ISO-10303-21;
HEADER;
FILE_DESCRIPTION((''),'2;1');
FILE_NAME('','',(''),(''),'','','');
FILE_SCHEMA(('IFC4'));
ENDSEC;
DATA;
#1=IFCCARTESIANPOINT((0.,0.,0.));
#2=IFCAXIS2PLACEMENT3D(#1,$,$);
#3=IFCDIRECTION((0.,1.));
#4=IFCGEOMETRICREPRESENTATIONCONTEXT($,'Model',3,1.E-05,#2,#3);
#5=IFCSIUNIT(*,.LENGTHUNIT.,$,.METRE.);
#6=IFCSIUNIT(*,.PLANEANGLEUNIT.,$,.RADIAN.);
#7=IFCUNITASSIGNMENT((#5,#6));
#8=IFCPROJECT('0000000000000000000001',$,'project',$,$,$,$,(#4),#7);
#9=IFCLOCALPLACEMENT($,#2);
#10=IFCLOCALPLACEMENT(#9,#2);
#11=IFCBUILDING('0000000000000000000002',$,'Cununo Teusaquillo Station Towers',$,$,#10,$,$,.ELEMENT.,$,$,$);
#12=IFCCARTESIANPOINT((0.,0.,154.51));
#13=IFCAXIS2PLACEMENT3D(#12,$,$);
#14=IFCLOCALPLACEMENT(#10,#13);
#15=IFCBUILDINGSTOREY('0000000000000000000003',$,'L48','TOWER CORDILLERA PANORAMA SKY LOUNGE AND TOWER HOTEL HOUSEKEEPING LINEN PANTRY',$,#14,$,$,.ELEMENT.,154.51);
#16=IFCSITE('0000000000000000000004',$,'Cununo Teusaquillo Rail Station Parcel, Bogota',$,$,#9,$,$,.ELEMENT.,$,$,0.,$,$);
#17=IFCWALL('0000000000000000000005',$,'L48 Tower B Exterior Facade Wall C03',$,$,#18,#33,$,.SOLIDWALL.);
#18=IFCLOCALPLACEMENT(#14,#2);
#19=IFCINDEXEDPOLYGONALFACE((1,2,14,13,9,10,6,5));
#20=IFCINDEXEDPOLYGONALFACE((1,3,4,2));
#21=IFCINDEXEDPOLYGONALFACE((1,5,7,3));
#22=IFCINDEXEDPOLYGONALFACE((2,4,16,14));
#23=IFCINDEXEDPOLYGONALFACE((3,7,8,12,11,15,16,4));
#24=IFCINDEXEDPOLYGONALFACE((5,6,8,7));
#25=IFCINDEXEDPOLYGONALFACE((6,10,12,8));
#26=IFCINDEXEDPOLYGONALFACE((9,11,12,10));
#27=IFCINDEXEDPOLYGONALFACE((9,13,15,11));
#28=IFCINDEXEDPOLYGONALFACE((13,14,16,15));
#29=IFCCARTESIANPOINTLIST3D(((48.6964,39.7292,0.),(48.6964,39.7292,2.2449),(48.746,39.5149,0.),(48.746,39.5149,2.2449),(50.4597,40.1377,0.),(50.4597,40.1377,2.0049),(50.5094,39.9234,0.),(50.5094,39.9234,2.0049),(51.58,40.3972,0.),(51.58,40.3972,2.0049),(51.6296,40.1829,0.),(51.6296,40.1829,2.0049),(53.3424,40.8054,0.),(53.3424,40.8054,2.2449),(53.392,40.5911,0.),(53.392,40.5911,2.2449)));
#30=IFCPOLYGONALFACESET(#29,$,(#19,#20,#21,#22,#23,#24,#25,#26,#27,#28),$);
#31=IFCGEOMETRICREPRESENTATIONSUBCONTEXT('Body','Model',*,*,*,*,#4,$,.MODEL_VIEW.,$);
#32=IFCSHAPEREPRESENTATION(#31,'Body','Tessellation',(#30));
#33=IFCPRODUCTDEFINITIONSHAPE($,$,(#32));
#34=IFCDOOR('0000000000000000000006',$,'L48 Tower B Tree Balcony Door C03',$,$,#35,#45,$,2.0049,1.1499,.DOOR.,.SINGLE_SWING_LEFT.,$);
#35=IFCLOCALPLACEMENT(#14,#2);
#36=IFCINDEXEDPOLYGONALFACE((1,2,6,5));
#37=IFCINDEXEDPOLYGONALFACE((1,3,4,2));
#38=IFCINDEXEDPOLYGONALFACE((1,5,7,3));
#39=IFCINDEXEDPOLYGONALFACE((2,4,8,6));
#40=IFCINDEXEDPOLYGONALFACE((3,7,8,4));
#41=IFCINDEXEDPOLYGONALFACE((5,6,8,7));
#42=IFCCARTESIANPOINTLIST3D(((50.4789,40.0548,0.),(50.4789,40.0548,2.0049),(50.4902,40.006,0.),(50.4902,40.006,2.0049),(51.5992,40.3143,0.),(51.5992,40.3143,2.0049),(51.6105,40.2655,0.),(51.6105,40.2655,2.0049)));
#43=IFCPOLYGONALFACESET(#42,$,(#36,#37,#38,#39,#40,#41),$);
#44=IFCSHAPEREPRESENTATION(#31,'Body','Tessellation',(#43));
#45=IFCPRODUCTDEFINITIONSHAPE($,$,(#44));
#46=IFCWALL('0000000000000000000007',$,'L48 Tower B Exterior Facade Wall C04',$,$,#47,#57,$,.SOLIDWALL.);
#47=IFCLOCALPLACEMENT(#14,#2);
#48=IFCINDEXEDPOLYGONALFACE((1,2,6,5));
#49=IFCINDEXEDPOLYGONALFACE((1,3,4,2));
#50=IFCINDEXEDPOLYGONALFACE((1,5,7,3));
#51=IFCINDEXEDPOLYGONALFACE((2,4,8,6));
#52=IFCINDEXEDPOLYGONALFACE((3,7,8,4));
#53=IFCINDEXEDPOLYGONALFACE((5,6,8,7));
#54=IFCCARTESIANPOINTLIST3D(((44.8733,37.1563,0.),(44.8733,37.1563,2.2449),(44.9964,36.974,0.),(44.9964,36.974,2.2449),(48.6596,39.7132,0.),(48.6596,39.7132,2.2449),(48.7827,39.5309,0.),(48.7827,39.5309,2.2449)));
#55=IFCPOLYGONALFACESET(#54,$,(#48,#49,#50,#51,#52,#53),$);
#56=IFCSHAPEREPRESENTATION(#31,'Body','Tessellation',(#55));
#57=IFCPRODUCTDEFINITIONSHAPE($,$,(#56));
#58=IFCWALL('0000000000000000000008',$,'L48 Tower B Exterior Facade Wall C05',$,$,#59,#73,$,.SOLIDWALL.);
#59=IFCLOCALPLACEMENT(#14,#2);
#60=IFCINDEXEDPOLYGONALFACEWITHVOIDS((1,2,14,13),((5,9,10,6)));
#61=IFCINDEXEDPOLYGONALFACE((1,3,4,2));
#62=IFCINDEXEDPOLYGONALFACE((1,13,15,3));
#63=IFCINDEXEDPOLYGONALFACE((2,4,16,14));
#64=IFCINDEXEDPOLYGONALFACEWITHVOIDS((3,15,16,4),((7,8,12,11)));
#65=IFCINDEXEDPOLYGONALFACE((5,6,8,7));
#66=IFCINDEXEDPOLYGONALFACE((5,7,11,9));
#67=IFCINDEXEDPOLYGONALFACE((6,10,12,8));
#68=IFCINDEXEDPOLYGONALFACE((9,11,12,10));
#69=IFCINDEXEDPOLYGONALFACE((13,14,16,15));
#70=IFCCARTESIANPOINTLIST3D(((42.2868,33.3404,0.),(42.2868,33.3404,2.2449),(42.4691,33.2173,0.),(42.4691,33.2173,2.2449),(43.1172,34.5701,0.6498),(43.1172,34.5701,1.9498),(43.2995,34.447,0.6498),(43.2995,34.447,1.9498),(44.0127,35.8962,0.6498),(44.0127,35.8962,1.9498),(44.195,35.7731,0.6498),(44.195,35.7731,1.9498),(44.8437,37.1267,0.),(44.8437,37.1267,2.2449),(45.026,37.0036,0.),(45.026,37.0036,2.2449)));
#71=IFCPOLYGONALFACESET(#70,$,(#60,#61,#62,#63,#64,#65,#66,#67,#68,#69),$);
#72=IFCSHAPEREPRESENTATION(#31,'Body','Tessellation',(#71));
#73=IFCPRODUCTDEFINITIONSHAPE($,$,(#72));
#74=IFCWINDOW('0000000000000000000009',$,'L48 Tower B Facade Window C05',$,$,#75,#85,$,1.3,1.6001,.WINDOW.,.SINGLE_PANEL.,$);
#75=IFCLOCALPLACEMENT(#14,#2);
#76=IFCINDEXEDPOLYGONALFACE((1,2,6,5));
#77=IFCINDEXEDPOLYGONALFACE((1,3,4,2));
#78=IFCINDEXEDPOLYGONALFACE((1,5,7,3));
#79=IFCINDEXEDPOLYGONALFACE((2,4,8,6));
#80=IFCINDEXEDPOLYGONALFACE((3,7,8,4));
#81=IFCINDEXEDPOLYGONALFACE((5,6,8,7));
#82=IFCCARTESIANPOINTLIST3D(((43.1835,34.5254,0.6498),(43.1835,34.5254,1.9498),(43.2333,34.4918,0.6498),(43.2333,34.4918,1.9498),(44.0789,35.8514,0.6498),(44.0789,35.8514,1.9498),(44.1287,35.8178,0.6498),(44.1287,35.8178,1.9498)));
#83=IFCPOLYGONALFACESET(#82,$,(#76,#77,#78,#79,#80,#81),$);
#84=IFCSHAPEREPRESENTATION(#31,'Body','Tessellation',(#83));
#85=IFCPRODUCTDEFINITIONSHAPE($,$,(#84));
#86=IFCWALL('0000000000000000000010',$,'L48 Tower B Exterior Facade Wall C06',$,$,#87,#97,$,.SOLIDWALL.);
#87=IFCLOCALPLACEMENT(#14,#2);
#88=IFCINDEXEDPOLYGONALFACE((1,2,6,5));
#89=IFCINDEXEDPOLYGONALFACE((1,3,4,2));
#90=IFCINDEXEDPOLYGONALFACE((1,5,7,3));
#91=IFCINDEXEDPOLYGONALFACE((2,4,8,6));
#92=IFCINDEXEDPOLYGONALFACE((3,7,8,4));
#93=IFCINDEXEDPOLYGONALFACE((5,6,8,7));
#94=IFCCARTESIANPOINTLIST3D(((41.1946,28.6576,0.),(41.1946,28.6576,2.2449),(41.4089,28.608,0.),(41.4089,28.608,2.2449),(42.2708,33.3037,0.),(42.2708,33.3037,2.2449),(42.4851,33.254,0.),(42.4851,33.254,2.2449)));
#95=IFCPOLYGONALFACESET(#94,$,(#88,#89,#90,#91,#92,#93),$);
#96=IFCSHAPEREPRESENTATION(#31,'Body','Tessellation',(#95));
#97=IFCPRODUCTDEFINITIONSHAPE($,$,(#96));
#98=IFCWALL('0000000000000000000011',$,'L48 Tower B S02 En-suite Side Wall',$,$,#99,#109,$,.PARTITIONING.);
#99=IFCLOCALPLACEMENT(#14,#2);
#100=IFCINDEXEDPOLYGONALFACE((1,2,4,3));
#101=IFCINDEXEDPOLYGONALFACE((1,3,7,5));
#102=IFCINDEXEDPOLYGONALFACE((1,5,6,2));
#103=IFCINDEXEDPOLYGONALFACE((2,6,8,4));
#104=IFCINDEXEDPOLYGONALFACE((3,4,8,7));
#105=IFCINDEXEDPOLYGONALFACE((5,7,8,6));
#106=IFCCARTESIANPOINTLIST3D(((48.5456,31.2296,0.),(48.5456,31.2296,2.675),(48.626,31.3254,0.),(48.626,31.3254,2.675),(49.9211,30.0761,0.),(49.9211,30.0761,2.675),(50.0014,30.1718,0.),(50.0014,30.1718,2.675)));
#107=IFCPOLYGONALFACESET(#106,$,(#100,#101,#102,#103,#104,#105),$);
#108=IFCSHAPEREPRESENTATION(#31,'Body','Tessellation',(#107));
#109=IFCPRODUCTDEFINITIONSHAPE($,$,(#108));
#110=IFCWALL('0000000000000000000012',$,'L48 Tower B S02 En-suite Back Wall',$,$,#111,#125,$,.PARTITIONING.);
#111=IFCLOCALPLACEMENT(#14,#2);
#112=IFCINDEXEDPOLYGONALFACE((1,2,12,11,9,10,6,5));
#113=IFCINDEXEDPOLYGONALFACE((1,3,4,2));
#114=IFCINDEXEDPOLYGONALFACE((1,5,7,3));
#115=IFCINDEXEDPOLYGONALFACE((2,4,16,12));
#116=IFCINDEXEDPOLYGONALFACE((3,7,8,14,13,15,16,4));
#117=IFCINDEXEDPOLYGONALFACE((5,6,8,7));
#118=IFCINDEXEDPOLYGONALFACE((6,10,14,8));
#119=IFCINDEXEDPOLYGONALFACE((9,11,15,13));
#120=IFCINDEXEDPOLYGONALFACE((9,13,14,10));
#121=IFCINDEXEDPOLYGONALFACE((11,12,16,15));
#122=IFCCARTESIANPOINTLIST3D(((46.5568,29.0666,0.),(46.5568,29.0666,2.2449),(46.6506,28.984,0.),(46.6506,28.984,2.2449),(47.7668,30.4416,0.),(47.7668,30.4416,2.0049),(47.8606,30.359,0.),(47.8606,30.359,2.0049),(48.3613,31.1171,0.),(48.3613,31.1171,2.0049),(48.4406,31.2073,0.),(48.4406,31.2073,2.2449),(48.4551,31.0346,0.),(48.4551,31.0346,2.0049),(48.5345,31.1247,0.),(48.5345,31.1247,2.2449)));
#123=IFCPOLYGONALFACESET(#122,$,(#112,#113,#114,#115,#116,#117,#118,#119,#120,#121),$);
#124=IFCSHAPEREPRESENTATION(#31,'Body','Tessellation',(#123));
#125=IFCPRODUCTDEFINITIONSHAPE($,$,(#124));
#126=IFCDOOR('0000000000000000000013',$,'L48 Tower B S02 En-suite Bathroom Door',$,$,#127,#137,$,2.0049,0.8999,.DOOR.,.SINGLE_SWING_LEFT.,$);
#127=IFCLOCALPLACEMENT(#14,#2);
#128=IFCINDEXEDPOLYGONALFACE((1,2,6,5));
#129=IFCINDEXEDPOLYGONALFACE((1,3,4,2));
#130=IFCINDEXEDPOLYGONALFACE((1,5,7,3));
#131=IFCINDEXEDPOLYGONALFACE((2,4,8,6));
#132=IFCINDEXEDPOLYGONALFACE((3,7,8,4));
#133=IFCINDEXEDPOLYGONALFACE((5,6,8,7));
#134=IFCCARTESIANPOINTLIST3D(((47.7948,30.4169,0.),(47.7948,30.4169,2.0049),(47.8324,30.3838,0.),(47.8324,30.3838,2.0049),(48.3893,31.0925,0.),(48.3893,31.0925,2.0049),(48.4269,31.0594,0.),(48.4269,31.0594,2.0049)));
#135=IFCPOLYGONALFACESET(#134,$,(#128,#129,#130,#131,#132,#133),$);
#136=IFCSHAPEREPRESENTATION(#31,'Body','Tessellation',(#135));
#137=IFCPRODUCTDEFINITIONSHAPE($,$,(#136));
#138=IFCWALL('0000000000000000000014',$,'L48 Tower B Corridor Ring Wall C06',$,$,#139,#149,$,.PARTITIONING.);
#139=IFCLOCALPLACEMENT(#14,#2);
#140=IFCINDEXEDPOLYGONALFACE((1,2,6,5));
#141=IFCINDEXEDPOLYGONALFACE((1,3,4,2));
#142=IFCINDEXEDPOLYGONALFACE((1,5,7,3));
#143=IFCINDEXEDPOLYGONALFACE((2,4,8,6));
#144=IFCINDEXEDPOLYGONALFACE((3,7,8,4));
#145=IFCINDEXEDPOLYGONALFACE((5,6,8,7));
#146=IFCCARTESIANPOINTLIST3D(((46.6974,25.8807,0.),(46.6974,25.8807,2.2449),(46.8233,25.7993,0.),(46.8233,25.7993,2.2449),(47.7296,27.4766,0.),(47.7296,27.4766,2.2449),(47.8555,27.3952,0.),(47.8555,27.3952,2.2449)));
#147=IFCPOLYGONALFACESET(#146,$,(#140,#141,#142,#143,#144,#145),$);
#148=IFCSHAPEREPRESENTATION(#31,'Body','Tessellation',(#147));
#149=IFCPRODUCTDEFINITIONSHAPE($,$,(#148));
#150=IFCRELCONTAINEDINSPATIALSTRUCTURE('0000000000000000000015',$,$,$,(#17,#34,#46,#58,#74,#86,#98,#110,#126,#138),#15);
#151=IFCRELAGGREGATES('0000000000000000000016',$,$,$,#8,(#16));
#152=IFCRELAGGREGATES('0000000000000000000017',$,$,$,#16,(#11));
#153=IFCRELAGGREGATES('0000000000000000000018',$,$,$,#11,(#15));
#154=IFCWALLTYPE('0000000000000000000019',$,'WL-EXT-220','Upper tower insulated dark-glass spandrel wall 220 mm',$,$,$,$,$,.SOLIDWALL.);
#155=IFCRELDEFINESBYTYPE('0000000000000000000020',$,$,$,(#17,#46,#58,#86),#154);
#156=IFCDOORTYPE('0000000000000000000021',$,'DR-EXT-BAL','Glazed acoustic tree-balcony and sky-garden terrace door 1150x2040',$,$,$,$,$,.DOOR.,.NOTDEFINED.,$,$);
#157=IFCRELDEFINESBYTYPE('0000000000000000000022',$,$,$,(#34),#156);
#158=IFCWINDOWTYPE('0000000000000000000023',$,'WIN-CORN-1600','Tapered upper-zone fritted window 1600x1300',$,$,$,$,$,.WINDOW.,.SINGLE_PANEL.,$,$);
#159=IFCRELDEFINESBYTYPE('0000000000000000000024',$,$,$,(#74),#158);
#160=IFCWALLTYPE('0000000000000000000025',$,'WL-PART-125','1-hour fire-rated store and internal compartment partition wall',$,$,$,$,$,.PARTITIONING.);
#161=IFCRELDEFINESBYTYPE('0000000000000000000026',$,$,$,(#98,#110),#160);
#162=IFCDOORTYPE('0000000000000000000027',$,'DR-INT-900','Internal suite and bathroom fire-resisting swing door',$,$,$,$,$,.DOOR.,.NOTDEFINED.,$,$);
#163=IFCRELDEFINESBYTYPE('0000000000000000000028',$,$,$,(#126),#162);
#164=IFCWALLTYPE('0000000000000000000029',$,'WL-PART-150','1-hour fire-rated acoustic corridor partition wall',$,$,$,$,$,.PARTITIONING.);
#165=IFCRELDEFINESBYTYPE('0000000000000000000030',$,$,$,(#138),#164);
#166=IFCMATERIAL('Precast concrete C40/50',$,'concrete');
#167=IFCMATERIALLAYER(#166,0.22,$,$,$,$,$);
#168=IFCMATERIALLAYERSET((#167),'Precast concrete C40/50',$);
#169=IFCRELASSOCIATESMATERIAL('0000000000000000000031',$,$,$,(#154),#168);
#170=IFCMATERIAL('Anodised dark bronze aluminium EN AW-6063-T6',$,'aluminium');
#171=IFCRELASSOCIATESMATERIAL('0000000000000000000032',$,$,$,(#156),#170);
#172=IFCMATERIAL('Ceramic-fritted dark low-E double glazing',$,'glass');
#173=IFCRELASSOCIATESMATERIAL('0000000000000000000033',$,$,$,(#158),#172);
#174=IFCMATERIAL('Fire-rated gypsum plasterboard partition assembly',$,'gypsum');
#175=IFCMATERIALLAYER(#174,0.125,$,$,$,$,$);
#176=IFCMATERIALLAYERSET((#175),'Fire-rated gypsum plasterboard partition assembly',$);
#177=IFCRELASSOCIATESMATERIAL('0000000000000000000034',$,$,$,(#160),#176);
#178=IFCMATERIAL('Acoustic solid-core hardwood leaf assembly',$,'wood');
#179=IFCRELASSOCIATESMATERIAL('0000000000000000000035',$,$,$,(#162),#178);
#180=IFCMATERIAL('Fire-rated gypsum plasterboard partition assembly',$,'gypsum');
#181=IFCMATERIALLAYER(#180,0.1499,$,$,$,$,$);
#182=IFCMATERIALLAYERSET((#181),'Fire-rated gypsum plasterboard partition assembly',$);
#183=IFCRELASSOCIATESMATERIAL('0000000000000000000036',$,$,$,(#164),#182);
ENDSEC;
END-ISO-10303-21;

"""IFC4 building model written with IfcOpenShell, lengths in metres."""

from ifc_helpers import new_model, si_unit, direction, frame, frame_2d, origin, place, context, subcontext, project, spatial, rectangle, extrude, source, transform, mapped, material, layer, layer_set, type_object, element, fill, save


model = new_model("IFC4")

# Units and contexts
model_context = context("Model", 3, precision=1e-05, world=origin(), true_north=direction((0.0, 1.0)))
body_context = subcontext(model_context, "Body", "Model", "MODEL_VIEW")
ifc_project = project(units=[si_unit("LENGTHUNIT", "METRE"), si_unit("PLANEANGLEUNIT", "RADIAN")], contexts=[model_context])

# Site, building, storey
site_placement = place(None, origin())
site = spatial("IfcSite", under=ifc_project, at=site_placement, Name="Cununo Teusaquillo Rail Station Parcel, Bogota", CompositionType="ELEMENT", RefElevation=0.0)
building_placement = place(site_placement, origin())
building = spatial("IfcBuilding", under=site, at=building_placement, Name="Cununo Teusaquillo Station Towers", CompositionType="ELEMENT")
storey_placement = place(building_placement, frame((0.0, 0.0, 154.51)))
storey = spatial("IfcBuildingStorey", under=building, at=storey_placement, Name="L48", Description="TOWER CORDILLERA PANORAMA SKY LOUNGE AND TOWER HOTEL HOUSEKEEPING LINEN PANTRY", CompositionType="ELEMENT", Elevation=154.51)

# Wall, opening, door
ifc_material_1 = material(Name="Precast concrete C40/50", Category="concrete")
ifc_layer_1 = layer(ifc_material_1, 0.22)
ifc_layer_set_1 = layer_set([ifc_layer_1], Name="Precast concrete C40/50")
wall_type_1 = type_object("IfcWallType", Name="WL-EXT-220", Description="Upper tower insulated dark-glass spandrel wall 220 mm", PredefinedType="SOLIDWALL", material=ifc_layer_set_1)
wall_1_placement = place(storey_placement, frame((48.7212, 39.6221, 0.0), z_axis=(0.0, 0.0, 1.0), x_axis=(0.974206, 0.22566, 0.0)))
wall_1 = element("IfcWall", 1, at=wall_1_placement, inside=storey, type_object=wall_type_1, Name="L48 Tower B Exterior Facade Wall C03", PredefinedType="SOLIDWALL", context=body_context, shape_type="SweptSolid", body=[
    extrude(rectangle(XDim=4.769, YDim=0.22, at=frame_2d((2.3845, 0.0))), origin(), (0.0, 0.0, 1.0), 2.2449),
])
shared_shape_1 = source(origin(), body_context, "Body", "SweptSolid", [
    extrude(rectangle(XDim=1.1499, YDim=2.0049, at=frame_2d((0.575, 1.0024))), frame((0.0, 0.1199, 0.0), z_axis=(0.0, -1.0, 0.0), x_axis=(1.0, 0.0, 0.0)), (0.0, 0.0, 1.0), 0.24),
])
opening_1_placement = place(wall_1_placement, frame((1.8101, 0.0, 0.0)))
opening_1 = element("IfcOpeningElement", 2, at=opening_1_placement, cuts=wall_1, PredefinedType="OPENING", context=body_context, shape_type="MappedRepresentation", body=[
    mapped(shared_shape_1, transform((0.0, 0.0, 0.0), x_axis=(1.0, 0.0, 0.0), y_axis=(0.0, 1.0, 0.0), z_axis=(0.0, 0.0, 1.0), scale=1.0)),
])
ifc_material_2 = material(Name="Anodised dark bronze aluminium EN AW-6063-T6", Category="aluminium")
door_type_1 = type_object("IfcDoorType", Name="DR-EXT-BAL", Description="Glazed acoustic tree-balcony and sky-garden terrace door 1150x2040", OperationType="NOTDEFINED", PredefinedType="DOOR", material=ifc_material_2)
shared_shape_2 = source(origin(), body_context, "Body", "SweptSolid", [
    extrude(rectangle(XDim=1.1499, YDim=2.0049, at=frame_2d((0.575, 1.0024))), frame((0.0, 0.0249, 0.0), z_axis=(0.0, -1.0, 0.0), x_axis=(1.0, 0.0, 0.0)), (0.0, 0.0, 1.0), 0.05),
])
door_1_placement = place(opening_1_placement, origin())
door_1 = element("IfcDoor", 3, at=door_1_placement, inside=storey, type_object=door_type_1, Name="L48 Tower B Tree Balcony Door C03", OperationType="SINGLE_SWING_LEFT", OverallHeight=2.0049, OverallWidth=1.1499, PredefinedType="DOOR", context=body_context, shape_type="MappedRepresentation", body=[
    mapped(shared_shape_2, transform((0.0, 0.0, 0.0), x_axis=(1.0, 0.0, 0.0), y_axis=(0.0, 1.0, 0.0), z_axis=(0.0, 0.0, 1.0), scale=1.0)),
])
fill(opening_1, door_1)

# Wall
wall_2_placement = place(storey_placement, frame((44.9348, 37.0652, 0.0), z_axis=(0.0, 0.0, 1.0), x_axis=(0.828739, 0.559635, 0.0)))
element("IfcWall", 4, at=wall_2_placement, inside=storey, type_object=wall_type_1, Name="L48 Tower B Exterior Facade Wall C04", PredefinedType="SOLIDWALL", context=body_context, shape_type="SweptSolid", body=[
    extrude(rectangle(XDim=4.5688, YDim=0.22, at=frame_2d((2.2844, 0.0))), origin(), (0.0, 0.0, 1.0), 2.2449),
])

# Wall, opening, window
wall_3_placement = place(storey_placement, frame((42.3779, 33.2788, 0.0), z_axis=(0.0, 0.0, 1.0), x_axis=(0.559635, 0.828739, 0.0)))
wall_3 = element("IfcWall", 5, at=wall_3_placement, inside=storey, type_object=wall_type_1, Name="L48 Tower B Exterior Facade Wall C05", PredefinedType="SOLIDWALL", context=body_context, shape_type="SweptSolid", body=[
    extrude(rectangle(XDim=4.5688, YDim=0.22, at=frame_2d((2.2844, 0.0))), origin(), (0.0, 0.0, 1.0), 2.2449),
])
shared_shape_3 = source(origin(), body_context, "Body", "SweptSolid", [
    extrude(rectangle(XDim=1.6001, YDim=1.3, at=frame_2d((0.8, 0.6499))), frame((0.0, 0.1199, 0.0), z_axis=(0.0, -1.0, 0.0), x_axis=(1.0, 0.0, 0.0)), (0.0, 0.0, 1.0), 0.24),
])
opening_2_placement = place(wall_3_placement, frame((1.4839, 0.0, 0.6499)))
opening_2 = element("IfcOpeningElement", 6, at=opening_2_placement, cuts=wall_3, PredefinedType="OPENING", context=body_context, shape_type="MappedRepresentation", body=[
    mapped(shared_shape_3, transform((0.0, 0.0, 0.0), x_axis=(1.0, 0.0, 0.0), y_axis=(0.0, 1.0, 0.0), z_axis=(0.0, 0.0, 1.0), scale=1.0)),
])
ifc_material_3 = material(Name="Ceramic-fritted dark low-E double glazing", Category="glass")
window_type = type_object("IfcWindowType", Name="WIN-CORN-1600", Description="Tapered upper-zone fritted window 1600x1300", PartitioningType="SINGLE_PANEL", PredefinedType="WINDOW", material=ifc_material_3)
shared_shape_4 = source(origin(), body_context, "Body", "SweptSolid", [
    extrude(rectangle(XDim=1.6001, YDim=1.3, at=frame_2d((0.8, 0.6499))), frame((0.0, 0.03, 0.0), z_axis=(0.0, -1.0, 0.0), x_axis=(1.0, 0.0, 0.0)), (0.0, 0.0, 1.0), 0.0601),
])
window_placement = place(opening_2_placement, origin())
window = element("IfcWindow", 7, at=window_placement, inside=storey, type_object=window_type, Name="L48 Tower B Facade Window C05", OverallHeight=1.3, OverallWidth=1.6001, PartitioningType="SINGLE_PANEL", PredefinedType="WINDOW", context=body_context, shape_type="MappedRepresentation", body=[
    mapped(shared_shape_4, transform((0.0, 0.0, 0.0), x_axis=(1.0, 0.0, 0.0), y_axis=(0.0, 1.0, 0.0), z_axis=(0.0, 0.0, 1.0), scale=1.0)),
])
fill(opening_2, window)

# Walls
wall_4_placement = place(storey_placement, frame((41.3018, 28.6328, 0.0), z_axis=(0.0, 0.0, 1.0), x_axis=(0.22566, 0.974206, 0.0)))
element("IfcWall", 8, at=wall_4_placement, inside=storey, type_object=wall_type_1, Name="L48 Tower B Exterior Facade Wall C06", PredefinedType="SOLIDWALL", context=body_context, shape_type="SweptSolid", body=[
    extrude(rectangle(XDim=4.769, YDim=0.22, at=frame_2d((2.3845, 0.0))), origin(), (0.0, 0.0, 1.0), 2.2449),
])
ifc_material_4 = material(Name="Fire-rated gypsum plasterboard partition assembly", Category="gypsum")
ifc_layer_2 = layer(ifc_material_4, 0.125)
ifc_layer_set_2 = layer_set([ifc_layer_2], Name="Fire-rated gypsum plasterboard partition assembly")
wall_type_2 = type_object("IfcWallType", Name="WL-PART-125", Description="1-hour fire-rated store and internal compartment partition wall", PredefinedType="PARTITIONING", material=ifc_layer_set_2)
wall_5_placement = place(storey_placement, frame((49.9612, 30.124, 0.0), z_axis=(0.0, 0.0, 1.0), x_axis=(-0.766211, 0.642589, 0.0)))
element("IfcWall", 9, at=wall_5_placement, inside=storey, type_object=wall_type_2, Name="L48 Tower B S02 En-suite Side Wall", PredefinedType="PARTITIONING", context=body_context, shape_type="SweptSolid", body=[
    extrude(rectangle(XDim=1.7952, YDim=0.125, at=frame_2d((0.8975, 0.0))), origin(), (0.0, 0.0, 1.0), 2.675),
])

# Wall, opening, door
wall_6_placement = place(storey_placement, frame((48.4875, 31.166, 0.0), z_axis=(0.0, 0.0, 1.0), x_axis=(-0.660636, -0.750707, 0.0)))
wall_6 = element("IfcWall", 10, at=wall_6_placement, inside=storey, type_object=wall_type_2, Name="L48 Tower B S02 En-suite Back Wall", PredefinedType="PARTITIONING", context=body_context, shape_type="SweptSolid", body=[
    extrude(rectangle(XDim=2.8516, YDim=0.125, at=frame_2d((1.4258, 0.0))), origin(), (0.0, 0.0, 1.0), 2.2449),
])
shared_shape_5 = source(origin(), body_context, "Body", "SweptSolid", [
    extrude(rectangle(XDim=0.8999, YDim=2.0049, at=frame_2d((0.45, 1.0024))), frame((0.0, 0.0725, 0.0), z_axis=(0.0, -1.0, 0.0), x_axis=(1.0, 0.0, 0.0)), (0.0, 0.0, 1.0), 0.145),
])
opening_3_placement = place(wall_6_placement, frame((0.1201, 0.0, 0.0)))
opening_3 = element("IfcOpeningElement", 11, at=opening_3_placement, cuts=wall_6, PredefinedType="OPENING", context=body_context, shape_type="MappedRepresentation", body=[
    mapped(shared_shape_5, transform((0.0, 0.0, 0.0), x_axis=(1.0, 0.0, 0.0), y_axis=(0.0, 1.0, 0.0), z_axis=(0.0, 0.0, 1.0), scale=1.0)),
])
ifc_material_5 = material(Name="Acoustic solid-core hardwood leaf assembly", Category="wood")
door_type_2 = type_object("IfcDoorType", Name="DR-INT-900", Description="Internal suite and bathroom fire-resisting swing door", OperationType="NOTDEFINED", PredefinedType="DOOR", material=ifc_material_5)
shared_shape_6 = source(origin(), body_context, "Body", "SweptSolid", [
    extrude(rectangle(XDim=0.8999, YDim=2.0049, at=frame_2d((0.45, 1.0024))), frame((0.0, 0.0249, 0.0), z_axis=(0.0, -1.0, 0.0), x_axis=(1.0, 0.0, 0.0)), (0.0, 0.0, 1.0), 0.05),
])
door_2_placement = place(opening_3_placement, origin())
door_2 = element("IfcDoor", 12, at=door_2_placement, inside=storey, type_object=door_type_2, Name="L48 Tower B S02 En-suite Bathroom Door", OperationType="SINGLE_SWING_LEFT", OverallHeight=2.0049, OverallWidth=0.8999, PredefinedType="DOOR", context=body_context, shape_type="MappedRepresentation", body=[
    mapped(shared_shape_6, transform((0.0, 0.0, 0.0), x_axis=(1.0, 0.0, 0.0), y_axis=(0.0, 1.0, 0.0), z_axis=(0.0, 0.0, 1.0), scale=1.0)),
])
fill(opening_3, door_2)

# Wall
ifc_material_6 = material(Name="Fire-rated gypsum plasterboard partition assembly", Category="gypsum")
ifc_layer_3 = layer(ifc_material_6, 0.1499)
ifc_layer_set_3 = layer_set([ifc_layer_3], Name="Fire-rated gypsum plasterboard partition assembly")
wall_type_3 = type_object("IfcWallType", Name="WL-PART-150", Description="1-hour fire-rated acoustic corridor partition wall", PredefinedType="PARTITIONING", material=ifc_layer_set_3)
wall_7_placement = place(storey_placement, frame((47.7925, 27.4358, 0.0), z_axis=(0.0, 0.0, 1.0), x_axis=(-0.543086, -0.839677, 0.0)))
element("IfcWall", 13, at=wall_7_placement, inside=storey, type_object=wall_type_3, Name="L48 Tower B Corridor Ring Wall C06", PredefinedType="PARTITIONING", context=body_context, shape_type="SweptSolid", body=[
    extrude(rectangle(XDim=1.9006, YDim=0.1499, at=frame_2d((0.9502, 0.0))), origin(), (0.0, 0.0, 1.0), 2.2449),
])

save(model, "model.ifc")
